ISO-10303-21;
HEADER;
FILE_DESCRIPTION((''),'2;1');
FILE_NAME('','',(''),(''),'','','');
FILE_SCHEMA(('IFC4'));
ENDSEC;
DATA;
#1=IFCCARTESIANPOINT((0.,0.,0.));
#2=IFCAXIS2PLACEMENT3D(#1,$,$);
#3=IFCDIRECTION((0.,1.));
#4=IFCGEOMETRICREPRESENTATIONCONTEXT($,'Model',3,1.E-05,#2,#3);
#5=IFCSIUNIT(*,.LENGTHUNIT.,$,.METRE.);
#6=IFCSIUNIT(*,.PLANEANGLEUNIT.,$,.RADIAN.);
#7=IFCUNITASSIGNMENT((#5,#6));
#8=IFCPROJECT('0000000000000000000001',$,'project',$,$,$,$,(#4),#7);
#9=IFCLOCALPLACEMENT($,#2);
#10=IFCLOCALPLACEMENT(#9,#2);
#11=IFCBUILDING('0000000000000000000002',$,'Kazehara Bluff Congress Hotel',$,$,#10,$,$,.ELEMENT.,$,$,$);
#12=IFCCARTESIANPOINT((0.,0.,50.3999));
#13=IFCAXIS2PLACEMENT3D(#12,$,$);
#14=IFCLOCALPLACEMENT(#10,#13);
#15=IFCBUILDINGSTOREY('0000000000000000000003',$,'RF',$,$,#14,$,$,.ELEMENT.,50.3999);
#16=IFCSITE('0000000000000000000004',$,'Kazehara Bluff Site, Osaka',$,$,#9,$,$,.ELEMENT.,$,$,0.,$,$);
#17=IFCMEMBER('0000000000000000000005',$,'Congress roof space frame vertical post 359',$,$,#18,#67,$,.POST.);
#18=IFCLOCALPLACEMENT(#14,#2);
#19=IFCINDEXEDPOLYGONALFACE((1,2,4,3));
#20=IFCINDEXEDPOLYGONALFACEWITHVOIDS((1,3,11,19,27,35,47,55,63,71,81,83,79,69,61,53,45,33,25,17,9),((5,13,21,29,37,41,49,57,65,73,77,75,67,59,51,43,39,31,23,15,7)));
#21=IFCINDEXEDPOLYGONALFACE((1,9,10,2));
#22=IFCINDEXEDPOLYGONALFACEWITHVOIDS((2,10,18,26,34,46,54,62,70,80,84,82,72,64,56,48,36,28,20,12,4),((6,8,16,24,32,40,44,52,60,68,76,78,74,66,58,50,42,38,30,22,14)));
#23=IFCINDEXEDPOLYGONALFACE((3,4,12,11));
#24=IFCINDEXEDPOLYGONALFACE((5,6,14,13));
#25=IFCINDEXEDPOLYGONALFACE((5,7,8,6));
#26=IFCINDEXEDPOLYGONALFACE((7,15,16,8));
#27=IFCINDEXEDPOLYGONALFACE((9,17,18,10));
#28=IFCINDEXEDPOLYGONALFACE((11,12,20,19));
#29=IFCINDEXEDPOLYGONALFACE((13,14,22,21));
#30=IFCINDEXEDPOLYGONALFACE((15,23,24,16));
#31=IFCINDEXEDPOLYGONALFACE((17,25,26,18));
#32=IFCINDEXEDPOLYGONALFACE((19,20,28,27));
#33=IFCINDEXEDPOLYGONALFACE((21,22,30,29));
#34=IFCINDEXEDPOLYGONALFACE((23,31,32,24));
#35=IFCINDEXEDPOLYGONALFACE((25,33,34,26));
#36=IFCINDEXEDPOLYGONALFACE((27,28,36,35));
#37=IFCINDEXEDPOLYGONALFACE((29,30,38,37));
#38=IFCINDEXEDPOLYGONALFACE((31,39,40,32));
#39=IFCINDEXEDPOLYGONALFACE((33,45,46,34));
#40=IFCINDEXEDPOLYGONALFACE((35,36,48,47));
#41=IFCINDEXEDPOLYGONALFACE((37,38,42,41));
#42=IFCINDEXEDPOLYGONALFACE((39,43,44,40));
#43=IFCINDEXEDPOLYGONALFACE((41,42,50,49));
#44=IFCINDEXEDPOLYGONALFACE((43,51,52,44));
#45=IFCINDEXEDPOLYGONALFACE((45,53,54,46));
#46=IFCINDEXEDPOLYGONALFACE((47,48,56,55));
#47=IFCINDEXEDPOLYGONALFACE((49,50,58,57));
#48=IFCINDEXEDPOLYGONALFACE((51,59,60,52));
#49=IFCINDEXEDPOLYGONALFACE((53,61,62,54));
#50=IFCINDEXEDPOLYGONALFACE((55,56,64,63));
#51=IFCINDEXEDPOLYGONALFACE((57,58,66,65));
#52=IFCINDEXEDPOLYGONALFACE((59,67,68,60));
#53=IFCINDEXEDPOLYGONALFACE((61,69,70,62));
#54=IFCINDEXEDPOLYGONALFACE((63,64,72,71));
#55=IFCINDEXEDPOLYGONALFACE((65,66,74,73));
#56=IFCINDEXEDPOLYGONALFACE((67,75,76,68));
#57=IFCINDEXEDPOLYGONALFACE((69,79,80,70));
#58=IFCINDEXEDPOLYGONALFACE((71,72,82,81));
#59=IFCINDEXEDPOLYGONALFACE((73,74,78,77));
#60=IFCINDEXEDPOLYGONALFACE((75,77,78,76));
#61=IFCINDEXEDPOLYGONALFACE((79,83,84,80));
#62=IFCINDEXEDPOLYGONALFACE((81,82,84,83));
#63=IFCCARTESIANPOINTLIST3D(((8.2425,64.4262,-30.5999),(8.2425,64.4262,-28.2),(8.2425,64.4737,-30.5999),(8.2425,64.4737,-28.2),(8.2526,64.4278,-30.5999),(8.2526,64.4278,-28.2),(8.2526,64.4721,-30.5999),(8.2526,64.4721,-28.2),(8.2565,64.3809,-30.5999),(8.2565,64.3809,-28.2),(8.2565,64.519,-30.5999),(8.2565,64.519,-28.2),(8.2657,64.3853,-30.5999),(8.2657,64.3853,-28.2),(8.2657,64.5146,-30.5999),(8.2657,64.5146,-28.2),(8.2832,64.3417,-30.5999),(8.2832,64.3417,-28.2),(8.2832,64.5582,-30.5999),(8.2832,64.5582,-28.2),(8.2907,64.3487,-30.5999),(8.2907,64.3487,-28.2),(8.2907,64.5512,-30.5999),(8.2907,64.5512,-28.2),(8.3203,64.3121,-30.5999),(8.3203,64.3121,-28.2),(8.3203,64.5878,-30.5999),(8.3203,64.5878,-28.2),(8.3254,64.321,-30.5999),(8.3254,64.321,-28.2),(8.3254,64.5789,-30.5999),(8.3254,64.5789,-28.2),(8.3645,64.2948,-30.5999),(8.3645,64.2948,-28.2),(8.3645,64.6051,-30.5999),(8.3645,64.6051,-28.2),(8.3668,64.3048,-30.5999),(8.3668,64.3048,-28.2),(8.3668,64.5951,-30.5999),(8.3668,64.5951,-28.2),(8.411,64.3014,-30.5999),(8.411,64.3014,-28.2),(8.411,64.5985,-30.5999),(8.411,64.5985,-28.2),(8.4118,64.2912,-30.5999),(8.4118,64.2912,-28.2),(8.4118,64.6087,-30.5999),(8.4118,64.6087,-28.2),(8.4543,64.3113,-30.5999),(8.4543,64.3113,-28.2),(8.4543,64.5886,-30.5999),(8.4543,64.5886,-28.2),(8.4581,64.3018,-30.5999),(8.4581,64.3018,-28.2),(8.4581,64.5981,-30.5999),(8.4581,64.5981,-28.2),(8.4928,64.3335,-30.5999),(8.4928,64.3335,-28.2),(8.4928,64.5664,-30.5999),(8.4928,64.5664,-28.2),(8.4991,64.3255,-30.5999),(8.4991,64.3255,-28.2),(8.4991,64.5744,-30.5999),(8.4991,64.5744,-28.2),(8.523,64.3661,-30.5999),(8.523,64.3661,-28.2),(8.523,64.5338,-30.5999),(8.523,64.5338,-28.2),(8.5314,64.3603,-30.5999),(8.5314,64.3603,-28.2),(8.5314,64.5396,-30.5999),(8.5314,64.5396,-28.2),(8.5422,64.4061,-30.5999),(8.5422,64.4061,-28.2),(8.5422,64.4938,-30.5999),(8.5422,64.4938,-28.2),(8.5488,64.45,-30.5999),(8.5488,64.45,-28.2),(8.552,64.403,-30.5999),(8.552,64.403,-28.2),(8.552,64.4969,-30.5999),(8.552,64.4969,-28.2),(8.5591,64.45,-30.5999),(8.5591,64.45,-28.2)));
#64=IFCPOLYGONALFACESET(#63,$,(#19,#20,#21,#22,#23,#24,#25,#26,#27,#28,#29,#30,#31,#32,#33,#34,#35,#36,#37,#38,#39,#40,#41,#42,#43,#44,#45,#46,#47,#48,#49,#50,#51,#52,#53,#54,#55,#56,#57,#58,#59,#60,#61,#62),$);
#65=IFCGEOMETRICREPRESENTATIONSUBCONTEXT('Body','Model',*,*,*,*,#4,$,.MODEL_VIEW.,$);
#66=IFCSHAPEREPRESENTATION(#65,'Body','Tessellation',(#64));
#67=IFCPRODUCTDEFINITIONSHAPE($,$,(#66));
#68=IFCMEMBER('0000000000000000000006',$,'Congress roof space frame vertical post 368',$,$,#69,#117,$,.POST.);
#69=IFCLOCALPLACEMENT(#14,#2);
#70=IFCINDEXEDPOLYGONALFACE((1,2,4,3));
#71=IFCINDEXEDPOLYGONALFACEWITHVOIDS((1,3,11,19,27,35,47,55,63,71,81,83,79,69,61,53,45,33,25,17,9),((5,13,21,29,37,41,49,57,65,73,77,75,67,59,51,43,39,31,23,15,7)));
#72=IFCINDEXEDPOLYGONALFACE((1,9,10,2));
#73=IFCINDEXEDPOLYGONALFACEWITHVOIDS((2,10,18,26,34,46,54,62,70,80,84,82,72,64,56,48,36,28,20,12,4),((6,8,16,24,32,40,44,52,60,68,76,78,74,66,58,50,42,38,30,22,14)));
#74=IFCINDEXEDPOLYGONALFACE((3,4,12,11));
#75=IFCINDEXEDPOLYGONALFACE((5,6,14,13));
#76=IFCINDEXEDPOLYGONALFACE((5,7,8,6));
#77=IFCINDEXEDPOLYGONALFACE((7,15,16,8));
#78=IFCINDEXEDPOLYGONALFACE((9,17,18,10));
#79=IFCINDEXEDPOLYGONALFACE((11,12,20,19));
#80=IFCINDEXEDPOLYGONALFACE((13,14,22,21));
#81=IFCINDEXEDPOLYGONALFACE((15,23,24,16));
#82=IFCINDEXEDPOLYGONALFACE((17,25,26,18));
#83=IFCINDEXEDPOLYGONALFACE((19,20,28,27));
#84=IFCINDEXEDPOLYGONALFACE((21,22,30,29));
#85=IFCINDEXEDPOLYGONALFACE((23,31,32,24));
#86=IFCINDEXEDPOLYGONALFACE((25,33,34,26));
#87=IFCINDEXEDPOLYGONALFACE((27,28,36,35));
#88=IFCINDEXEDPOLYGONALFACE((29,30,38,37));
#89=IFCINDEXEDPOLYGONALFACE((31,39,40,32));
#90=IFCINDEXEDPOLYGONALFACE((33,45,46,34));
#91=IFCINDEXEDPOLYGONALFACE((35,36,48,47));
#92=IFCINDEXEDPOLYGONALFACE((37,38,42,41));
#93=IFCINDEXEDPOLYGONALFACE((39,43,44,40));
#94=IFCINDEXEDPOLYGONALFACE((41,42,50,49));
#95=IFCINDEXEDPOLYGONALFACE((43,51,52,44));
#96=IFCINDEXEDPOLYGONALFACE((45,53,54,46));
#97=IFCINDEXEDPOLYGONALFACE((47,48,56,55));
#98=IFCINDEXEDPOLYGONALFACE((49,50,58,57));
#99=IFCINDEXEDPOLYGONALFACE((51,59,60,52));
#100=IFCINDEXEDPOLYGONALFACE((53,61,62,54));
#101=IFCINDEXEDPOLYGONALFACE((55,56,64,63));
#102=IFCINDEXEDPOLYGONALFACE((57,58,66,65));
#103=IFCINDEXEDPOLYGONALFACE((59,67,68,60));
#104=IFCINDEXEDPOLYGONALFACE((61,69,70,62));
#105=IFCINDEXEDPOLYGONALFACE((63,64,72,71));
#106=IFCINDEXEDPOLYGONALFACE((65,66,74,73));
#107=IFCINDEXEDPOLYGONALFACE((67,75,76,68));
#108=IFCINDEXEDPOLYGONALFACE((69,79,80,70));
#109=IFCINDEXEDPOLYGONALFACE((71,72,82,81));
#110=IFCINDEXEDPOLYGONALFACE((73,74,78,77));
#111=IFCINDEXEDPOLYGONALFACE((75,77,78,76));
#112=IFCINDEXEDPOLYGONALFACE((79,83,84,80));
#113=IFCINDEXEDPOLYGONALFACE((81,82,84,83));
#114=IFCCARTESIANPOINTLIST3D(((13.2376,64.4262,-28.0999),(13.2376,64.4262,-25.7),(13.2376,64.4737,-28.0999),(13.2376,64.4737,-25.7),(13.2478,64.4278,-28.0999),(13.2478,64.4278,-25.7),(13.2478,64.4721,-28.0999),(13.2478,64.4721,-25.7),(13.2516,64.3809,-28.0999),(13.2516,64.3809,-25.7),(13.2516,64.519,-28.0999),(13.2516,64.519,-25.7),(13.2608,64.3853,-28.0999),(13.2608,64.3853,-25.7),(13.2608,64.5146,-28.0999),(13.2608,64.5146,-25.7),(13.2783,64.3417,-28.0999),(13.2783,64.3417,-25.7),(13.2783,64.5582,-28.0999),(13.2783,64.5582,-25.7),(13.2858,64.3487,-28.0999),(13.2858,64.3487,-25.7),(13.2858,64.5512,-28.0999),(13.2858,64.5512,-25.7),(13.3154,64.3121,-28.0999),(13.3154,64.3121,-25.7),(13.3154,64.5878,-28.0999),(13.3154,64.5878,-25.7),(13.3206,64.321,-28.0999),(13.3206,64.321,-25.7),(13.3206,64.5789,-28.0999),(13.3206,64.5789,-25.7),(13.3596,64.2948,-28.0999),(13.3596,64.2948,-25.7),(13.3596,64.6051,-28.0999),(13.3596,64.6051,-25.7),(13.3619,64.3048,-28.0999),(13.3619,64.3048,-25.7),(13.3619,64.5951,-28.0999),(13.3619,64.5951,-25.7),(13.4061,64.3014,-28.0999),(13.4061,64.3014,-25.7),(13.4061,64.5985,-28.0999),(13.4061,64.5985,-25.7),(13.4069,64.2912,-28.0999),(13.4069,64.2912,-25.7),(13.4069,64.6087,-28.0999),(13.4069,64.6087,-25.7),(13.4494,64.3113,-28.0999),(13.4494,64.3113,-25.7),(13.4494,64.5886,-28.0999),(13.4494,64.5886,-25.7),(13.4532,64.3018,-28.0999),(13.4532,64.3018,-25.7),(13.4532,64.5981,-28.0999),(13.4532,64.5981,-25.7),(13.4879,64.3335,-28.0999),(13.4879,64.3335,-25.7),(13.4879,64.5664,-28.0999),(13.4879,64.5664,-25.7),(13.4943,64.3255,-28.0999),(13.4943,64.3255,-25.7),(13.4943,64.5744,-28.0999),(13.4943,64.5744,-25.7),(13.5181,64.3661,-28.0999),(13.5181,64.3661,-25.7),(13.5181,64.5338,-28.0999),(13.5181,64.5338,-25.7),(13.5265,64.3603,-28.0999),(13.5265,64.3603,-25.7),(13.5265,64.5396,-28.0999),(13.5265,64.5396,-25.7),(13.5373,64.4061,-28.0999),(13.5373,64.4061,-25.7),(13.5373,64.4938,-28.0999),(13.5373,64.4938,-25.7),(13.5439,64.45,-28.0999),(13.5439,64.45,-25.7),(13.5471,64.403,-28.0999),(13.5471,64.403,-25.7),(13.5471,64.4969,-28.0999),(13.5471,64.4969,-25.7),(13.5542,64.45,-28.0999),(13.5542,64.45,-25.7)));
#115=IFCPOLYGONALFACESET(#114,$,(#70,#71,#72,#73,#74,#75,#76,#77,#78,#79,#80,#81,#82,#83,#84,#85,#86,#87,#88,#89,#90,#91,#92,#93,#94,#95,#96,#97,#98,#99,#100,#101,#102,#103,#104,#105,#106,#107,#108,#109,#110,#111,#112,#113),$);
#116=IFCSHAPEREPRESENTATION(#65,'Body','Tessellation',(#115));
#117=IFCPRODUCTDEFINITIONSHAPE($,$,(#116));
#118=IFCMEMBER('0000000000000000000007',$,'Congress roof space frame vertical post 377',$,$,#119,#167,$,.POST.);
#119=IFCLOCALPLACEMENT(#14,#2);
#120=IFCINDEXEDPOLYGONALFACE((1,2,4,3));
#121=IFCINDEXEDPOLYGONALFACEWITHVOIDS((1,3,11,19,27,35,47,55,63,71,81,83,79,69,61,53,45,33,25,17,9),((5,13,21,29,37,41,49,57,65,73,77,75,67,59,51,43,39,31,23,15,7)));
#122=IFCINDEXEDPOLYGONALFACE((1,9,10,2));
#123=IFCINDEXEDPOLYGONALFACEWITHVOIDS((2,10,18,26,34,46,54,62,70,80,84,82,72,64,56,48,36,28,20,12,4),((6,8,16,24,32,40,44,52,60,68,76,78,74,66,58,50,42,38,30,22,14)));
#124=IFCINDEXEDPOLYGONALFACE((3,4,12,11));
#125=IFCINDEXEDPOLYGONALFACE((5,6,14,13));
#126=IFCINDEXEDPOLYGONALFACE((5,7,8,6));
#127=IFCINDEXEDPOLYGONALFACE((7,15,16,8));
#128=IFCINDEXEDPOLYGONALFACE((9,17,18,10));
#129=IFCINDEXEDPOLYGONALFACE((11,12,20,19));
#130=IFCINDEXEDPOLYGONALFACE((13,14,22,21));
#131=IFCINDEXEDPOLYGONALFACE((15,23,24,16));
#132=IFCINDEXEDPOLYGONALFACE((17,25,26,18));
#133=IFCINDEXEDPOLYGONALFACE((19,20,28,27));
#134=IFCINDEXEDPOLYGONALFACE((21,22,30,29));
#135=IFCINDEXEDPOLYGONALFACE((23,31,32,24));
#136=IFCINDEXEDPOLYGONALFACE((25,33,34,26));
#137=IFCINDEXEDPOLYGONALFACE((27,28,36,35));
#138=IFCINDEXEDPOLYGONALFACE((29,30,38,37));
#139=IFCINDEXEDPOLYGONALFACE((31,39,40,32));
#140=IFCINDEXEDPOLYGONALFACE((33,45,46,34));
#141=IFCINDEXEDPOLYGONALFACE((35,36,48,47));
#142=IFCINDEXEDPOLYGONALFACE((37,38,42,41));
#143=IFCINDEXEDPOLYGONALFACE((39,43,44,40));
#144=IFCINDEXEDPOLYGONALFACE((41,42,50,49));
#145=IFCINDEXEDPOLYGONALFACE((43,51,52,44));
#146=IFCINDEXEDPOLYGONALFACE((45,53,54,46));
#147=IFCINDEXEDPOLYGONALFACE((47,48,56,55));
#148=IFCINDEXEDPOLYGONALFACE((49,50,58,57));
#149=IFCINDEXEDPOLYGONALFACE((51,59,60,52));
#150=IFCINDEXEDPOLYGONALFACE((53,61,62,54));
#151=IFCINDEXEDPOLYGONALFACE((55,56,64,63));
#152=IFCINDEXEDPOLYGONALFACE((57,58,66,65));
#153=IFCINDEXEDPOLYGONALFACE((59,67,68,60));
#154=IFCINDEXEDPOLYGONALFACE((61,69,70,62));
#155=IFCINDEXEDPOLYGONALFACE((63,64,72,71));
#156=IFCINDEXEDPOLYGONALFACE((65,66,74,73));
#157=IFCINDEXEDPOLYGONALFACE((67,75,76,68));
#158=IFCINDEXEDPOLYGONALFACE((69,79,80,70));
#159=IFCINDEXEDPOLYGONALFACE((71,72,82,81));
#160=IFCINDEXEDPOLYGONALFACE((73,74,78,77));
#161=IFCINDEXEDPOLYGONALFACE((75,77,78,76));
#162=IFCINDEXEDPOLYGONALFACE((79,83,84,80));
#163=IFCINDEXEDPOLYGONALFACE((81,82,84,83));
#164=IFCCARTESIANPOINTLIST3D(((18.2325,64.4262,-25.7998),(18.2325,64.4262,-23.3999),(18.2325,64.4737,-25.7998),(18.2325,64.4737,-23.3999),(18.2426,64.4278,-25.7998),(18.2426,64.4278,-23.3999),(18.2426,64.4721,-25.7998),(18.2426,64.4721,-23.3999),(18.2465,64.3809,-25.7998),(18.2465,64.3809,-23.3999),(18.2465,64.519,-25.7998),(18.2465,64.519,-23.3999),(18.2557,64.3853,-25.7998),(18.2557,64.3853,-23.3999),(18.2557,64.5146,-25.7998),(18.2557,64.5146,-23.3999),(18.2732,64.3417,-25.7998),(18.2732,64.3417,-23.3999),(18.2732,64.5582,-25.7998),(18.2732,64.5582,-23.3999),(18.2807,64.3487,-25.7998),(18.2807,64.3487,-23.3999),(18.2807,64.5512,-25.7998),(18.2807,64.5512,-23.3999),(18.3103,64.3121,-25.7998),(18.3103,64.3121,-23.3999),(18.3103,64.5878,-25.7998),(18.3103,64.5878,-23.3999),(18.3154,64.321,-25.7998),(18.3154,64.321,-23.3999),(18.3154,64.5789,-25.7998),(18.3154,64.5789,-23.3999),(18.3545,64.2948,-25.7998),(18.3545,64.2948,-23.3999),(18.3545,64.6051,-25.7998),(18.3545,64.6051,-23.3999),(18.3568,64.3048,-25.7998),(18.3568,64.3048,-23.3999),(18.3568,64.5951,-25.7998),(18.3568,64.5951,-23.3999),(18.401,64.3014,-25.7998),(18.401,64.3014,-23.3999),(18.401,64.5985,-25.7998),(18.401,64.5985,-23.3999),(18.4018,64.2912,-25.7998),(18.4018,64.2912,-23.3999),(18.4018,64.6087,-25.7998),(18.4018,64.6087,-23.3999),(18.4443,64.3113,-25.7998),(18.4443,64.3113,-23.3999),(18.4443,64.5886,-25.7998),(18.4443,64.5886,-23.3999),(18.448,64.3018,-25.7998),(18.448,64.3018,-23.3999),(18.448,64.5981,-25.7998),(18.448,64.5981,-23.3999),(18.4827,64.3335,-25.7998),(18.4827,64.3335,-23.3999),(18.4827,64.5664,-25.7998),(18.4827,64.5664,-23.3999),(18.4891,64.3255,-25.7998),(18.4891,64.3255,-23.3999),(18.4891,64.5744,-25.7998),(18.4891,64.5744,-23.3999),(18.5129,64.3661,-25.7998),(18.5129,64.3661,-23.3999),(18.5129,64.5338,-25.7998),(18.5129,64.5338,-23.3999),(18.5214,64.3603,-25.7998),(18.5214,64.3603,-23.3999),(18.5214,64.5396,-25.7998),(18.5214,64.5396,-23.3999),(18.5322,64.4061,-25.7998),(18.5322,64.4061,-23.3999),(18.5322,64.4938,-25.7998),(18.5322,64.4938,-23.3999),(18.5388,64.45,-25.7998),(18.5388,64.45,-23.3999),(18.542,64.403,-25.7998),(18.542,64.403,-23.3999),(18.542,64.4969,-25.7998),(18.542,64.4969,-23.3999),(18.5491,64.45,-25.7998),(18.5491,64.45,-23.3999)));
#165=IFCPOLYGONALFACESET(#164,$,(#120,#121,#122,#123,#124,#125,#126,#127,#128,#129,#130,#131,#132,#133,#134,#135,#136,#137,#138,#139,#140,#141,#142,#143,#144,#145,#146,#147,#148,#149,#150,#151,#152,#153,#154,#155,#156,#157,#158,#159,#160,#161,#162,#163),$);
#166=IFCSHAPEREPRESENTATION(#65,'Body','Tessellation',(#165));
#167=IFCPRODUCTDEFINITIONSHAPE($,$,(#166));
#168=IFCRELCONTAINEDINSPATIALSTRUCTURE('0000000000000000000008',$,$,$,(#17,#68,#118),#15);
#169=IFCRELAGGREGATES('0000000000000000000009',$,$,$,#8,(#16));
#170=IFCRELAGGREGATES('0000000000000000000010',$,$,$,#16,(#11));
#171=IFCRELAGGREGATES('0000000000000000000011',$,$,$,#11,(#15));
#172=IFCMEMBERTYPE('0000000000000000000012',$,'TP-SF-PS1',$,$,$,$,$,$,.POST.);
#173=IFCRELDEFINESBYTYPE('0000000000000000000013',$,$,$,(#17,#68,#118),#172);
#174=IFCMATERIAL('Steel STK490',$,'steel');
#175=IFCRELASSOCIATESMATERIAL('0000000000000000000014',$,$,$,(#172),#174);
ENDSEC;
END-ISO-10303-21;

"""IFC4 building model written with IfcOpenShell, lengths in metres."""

from ifc_helpers import new_model, si_unit, direction, frame, origin, origin_2d, place, context, subcontext, project, spatial, hollow_circle, extrude, material, material_profile, profile_set, type_object, element, save


model = new_model("IFC4")

# Units and contexts
model_context = context("Model", 3, precision=1e-05, world=origin(), true_north=direction((0.0, 1.0)))
body_context = subcontext(model_context, "Body", "Model", "MODEL_VIEW")
ifc_project = project(units=[si_unit("LENGTHUNIT", "METRE"), si_unit("PLANEANGLEUNIT", "RADIAN")], contexts=[model_context])

# Site, building, storey
site_placement = place(None, origin())
site = spatial("IfcSite", under=ifc_project, at=site_placement, Name="Kazehara Bluff Site, Osaka", CompositionType="ELEMENT", RefElevation=0.0)
building_placement = place(site_placement, origin())
building = spatial("IfcBuilding", under=site, at=building_placement, Name="Kazehara Bluff Congress Hotel", CompositionType="ELEMENT")
storey_placement = place(building_placement, frame((0.0, 0.0, 50.3999)))
storey = spatial("IfcBuildingStorey", under=building, at=storey_placement, Name="RF", CompositionType="ELEMENT", Elevation=50.3999)

# Members
ifc_material_1 = material(Name="Steel STK490", Category="steel")
ifc_material_profile_1 = material_profile(ifc_material_1, hollow_circle(Radius=0.1592, WallThickness=0.0103, at=origin_2d()))
ifc_profile_set_1 = profile_set([ifc_material_profile_1], Name="Steel STK490")
member_type_1 = type_object("IfcMemberType", Name="TP-SF-PS1", PredefinedType="POST", material=ifc_profile_set_1)
for number, where, z_axis, x_axis, name in (
    (1, (8.3999, 64.45, -30.5999), (0.0, 0.0, 1.0), (1.0, 0.0, 0.0), "Congress roof space frame vertical post 359"),
    (2, (13.395, 64.45, -28.0999), (0.0, 0.0, 1.0), (1.0, 0.0, 0.0), "Congress roof space frame vertical post 368"),
    (3, (18.3899, 64.45, -25.7998), (0.0, 0.0, 1.0), (1.0, 0.0, 0.0), "Congress roof space frame vertical post 377"),
):
    element("IfcMember", number, at=place(storey_placement, frame(where, z_axis=z_axis, x_axis=x_axis)), inside=storey, type_object=member_type_1, Name=name, PredefinedType="POST", context=body_context, shape_type="SweptSolid", body=[
        extrude(hollow_circle(Radius=0.1592, WallThickness=0.0103, at=origin_2d()), origin(), (0.0, 0.0, 1.0), 2.3999),
    ])

save(model, "model.ifc")
